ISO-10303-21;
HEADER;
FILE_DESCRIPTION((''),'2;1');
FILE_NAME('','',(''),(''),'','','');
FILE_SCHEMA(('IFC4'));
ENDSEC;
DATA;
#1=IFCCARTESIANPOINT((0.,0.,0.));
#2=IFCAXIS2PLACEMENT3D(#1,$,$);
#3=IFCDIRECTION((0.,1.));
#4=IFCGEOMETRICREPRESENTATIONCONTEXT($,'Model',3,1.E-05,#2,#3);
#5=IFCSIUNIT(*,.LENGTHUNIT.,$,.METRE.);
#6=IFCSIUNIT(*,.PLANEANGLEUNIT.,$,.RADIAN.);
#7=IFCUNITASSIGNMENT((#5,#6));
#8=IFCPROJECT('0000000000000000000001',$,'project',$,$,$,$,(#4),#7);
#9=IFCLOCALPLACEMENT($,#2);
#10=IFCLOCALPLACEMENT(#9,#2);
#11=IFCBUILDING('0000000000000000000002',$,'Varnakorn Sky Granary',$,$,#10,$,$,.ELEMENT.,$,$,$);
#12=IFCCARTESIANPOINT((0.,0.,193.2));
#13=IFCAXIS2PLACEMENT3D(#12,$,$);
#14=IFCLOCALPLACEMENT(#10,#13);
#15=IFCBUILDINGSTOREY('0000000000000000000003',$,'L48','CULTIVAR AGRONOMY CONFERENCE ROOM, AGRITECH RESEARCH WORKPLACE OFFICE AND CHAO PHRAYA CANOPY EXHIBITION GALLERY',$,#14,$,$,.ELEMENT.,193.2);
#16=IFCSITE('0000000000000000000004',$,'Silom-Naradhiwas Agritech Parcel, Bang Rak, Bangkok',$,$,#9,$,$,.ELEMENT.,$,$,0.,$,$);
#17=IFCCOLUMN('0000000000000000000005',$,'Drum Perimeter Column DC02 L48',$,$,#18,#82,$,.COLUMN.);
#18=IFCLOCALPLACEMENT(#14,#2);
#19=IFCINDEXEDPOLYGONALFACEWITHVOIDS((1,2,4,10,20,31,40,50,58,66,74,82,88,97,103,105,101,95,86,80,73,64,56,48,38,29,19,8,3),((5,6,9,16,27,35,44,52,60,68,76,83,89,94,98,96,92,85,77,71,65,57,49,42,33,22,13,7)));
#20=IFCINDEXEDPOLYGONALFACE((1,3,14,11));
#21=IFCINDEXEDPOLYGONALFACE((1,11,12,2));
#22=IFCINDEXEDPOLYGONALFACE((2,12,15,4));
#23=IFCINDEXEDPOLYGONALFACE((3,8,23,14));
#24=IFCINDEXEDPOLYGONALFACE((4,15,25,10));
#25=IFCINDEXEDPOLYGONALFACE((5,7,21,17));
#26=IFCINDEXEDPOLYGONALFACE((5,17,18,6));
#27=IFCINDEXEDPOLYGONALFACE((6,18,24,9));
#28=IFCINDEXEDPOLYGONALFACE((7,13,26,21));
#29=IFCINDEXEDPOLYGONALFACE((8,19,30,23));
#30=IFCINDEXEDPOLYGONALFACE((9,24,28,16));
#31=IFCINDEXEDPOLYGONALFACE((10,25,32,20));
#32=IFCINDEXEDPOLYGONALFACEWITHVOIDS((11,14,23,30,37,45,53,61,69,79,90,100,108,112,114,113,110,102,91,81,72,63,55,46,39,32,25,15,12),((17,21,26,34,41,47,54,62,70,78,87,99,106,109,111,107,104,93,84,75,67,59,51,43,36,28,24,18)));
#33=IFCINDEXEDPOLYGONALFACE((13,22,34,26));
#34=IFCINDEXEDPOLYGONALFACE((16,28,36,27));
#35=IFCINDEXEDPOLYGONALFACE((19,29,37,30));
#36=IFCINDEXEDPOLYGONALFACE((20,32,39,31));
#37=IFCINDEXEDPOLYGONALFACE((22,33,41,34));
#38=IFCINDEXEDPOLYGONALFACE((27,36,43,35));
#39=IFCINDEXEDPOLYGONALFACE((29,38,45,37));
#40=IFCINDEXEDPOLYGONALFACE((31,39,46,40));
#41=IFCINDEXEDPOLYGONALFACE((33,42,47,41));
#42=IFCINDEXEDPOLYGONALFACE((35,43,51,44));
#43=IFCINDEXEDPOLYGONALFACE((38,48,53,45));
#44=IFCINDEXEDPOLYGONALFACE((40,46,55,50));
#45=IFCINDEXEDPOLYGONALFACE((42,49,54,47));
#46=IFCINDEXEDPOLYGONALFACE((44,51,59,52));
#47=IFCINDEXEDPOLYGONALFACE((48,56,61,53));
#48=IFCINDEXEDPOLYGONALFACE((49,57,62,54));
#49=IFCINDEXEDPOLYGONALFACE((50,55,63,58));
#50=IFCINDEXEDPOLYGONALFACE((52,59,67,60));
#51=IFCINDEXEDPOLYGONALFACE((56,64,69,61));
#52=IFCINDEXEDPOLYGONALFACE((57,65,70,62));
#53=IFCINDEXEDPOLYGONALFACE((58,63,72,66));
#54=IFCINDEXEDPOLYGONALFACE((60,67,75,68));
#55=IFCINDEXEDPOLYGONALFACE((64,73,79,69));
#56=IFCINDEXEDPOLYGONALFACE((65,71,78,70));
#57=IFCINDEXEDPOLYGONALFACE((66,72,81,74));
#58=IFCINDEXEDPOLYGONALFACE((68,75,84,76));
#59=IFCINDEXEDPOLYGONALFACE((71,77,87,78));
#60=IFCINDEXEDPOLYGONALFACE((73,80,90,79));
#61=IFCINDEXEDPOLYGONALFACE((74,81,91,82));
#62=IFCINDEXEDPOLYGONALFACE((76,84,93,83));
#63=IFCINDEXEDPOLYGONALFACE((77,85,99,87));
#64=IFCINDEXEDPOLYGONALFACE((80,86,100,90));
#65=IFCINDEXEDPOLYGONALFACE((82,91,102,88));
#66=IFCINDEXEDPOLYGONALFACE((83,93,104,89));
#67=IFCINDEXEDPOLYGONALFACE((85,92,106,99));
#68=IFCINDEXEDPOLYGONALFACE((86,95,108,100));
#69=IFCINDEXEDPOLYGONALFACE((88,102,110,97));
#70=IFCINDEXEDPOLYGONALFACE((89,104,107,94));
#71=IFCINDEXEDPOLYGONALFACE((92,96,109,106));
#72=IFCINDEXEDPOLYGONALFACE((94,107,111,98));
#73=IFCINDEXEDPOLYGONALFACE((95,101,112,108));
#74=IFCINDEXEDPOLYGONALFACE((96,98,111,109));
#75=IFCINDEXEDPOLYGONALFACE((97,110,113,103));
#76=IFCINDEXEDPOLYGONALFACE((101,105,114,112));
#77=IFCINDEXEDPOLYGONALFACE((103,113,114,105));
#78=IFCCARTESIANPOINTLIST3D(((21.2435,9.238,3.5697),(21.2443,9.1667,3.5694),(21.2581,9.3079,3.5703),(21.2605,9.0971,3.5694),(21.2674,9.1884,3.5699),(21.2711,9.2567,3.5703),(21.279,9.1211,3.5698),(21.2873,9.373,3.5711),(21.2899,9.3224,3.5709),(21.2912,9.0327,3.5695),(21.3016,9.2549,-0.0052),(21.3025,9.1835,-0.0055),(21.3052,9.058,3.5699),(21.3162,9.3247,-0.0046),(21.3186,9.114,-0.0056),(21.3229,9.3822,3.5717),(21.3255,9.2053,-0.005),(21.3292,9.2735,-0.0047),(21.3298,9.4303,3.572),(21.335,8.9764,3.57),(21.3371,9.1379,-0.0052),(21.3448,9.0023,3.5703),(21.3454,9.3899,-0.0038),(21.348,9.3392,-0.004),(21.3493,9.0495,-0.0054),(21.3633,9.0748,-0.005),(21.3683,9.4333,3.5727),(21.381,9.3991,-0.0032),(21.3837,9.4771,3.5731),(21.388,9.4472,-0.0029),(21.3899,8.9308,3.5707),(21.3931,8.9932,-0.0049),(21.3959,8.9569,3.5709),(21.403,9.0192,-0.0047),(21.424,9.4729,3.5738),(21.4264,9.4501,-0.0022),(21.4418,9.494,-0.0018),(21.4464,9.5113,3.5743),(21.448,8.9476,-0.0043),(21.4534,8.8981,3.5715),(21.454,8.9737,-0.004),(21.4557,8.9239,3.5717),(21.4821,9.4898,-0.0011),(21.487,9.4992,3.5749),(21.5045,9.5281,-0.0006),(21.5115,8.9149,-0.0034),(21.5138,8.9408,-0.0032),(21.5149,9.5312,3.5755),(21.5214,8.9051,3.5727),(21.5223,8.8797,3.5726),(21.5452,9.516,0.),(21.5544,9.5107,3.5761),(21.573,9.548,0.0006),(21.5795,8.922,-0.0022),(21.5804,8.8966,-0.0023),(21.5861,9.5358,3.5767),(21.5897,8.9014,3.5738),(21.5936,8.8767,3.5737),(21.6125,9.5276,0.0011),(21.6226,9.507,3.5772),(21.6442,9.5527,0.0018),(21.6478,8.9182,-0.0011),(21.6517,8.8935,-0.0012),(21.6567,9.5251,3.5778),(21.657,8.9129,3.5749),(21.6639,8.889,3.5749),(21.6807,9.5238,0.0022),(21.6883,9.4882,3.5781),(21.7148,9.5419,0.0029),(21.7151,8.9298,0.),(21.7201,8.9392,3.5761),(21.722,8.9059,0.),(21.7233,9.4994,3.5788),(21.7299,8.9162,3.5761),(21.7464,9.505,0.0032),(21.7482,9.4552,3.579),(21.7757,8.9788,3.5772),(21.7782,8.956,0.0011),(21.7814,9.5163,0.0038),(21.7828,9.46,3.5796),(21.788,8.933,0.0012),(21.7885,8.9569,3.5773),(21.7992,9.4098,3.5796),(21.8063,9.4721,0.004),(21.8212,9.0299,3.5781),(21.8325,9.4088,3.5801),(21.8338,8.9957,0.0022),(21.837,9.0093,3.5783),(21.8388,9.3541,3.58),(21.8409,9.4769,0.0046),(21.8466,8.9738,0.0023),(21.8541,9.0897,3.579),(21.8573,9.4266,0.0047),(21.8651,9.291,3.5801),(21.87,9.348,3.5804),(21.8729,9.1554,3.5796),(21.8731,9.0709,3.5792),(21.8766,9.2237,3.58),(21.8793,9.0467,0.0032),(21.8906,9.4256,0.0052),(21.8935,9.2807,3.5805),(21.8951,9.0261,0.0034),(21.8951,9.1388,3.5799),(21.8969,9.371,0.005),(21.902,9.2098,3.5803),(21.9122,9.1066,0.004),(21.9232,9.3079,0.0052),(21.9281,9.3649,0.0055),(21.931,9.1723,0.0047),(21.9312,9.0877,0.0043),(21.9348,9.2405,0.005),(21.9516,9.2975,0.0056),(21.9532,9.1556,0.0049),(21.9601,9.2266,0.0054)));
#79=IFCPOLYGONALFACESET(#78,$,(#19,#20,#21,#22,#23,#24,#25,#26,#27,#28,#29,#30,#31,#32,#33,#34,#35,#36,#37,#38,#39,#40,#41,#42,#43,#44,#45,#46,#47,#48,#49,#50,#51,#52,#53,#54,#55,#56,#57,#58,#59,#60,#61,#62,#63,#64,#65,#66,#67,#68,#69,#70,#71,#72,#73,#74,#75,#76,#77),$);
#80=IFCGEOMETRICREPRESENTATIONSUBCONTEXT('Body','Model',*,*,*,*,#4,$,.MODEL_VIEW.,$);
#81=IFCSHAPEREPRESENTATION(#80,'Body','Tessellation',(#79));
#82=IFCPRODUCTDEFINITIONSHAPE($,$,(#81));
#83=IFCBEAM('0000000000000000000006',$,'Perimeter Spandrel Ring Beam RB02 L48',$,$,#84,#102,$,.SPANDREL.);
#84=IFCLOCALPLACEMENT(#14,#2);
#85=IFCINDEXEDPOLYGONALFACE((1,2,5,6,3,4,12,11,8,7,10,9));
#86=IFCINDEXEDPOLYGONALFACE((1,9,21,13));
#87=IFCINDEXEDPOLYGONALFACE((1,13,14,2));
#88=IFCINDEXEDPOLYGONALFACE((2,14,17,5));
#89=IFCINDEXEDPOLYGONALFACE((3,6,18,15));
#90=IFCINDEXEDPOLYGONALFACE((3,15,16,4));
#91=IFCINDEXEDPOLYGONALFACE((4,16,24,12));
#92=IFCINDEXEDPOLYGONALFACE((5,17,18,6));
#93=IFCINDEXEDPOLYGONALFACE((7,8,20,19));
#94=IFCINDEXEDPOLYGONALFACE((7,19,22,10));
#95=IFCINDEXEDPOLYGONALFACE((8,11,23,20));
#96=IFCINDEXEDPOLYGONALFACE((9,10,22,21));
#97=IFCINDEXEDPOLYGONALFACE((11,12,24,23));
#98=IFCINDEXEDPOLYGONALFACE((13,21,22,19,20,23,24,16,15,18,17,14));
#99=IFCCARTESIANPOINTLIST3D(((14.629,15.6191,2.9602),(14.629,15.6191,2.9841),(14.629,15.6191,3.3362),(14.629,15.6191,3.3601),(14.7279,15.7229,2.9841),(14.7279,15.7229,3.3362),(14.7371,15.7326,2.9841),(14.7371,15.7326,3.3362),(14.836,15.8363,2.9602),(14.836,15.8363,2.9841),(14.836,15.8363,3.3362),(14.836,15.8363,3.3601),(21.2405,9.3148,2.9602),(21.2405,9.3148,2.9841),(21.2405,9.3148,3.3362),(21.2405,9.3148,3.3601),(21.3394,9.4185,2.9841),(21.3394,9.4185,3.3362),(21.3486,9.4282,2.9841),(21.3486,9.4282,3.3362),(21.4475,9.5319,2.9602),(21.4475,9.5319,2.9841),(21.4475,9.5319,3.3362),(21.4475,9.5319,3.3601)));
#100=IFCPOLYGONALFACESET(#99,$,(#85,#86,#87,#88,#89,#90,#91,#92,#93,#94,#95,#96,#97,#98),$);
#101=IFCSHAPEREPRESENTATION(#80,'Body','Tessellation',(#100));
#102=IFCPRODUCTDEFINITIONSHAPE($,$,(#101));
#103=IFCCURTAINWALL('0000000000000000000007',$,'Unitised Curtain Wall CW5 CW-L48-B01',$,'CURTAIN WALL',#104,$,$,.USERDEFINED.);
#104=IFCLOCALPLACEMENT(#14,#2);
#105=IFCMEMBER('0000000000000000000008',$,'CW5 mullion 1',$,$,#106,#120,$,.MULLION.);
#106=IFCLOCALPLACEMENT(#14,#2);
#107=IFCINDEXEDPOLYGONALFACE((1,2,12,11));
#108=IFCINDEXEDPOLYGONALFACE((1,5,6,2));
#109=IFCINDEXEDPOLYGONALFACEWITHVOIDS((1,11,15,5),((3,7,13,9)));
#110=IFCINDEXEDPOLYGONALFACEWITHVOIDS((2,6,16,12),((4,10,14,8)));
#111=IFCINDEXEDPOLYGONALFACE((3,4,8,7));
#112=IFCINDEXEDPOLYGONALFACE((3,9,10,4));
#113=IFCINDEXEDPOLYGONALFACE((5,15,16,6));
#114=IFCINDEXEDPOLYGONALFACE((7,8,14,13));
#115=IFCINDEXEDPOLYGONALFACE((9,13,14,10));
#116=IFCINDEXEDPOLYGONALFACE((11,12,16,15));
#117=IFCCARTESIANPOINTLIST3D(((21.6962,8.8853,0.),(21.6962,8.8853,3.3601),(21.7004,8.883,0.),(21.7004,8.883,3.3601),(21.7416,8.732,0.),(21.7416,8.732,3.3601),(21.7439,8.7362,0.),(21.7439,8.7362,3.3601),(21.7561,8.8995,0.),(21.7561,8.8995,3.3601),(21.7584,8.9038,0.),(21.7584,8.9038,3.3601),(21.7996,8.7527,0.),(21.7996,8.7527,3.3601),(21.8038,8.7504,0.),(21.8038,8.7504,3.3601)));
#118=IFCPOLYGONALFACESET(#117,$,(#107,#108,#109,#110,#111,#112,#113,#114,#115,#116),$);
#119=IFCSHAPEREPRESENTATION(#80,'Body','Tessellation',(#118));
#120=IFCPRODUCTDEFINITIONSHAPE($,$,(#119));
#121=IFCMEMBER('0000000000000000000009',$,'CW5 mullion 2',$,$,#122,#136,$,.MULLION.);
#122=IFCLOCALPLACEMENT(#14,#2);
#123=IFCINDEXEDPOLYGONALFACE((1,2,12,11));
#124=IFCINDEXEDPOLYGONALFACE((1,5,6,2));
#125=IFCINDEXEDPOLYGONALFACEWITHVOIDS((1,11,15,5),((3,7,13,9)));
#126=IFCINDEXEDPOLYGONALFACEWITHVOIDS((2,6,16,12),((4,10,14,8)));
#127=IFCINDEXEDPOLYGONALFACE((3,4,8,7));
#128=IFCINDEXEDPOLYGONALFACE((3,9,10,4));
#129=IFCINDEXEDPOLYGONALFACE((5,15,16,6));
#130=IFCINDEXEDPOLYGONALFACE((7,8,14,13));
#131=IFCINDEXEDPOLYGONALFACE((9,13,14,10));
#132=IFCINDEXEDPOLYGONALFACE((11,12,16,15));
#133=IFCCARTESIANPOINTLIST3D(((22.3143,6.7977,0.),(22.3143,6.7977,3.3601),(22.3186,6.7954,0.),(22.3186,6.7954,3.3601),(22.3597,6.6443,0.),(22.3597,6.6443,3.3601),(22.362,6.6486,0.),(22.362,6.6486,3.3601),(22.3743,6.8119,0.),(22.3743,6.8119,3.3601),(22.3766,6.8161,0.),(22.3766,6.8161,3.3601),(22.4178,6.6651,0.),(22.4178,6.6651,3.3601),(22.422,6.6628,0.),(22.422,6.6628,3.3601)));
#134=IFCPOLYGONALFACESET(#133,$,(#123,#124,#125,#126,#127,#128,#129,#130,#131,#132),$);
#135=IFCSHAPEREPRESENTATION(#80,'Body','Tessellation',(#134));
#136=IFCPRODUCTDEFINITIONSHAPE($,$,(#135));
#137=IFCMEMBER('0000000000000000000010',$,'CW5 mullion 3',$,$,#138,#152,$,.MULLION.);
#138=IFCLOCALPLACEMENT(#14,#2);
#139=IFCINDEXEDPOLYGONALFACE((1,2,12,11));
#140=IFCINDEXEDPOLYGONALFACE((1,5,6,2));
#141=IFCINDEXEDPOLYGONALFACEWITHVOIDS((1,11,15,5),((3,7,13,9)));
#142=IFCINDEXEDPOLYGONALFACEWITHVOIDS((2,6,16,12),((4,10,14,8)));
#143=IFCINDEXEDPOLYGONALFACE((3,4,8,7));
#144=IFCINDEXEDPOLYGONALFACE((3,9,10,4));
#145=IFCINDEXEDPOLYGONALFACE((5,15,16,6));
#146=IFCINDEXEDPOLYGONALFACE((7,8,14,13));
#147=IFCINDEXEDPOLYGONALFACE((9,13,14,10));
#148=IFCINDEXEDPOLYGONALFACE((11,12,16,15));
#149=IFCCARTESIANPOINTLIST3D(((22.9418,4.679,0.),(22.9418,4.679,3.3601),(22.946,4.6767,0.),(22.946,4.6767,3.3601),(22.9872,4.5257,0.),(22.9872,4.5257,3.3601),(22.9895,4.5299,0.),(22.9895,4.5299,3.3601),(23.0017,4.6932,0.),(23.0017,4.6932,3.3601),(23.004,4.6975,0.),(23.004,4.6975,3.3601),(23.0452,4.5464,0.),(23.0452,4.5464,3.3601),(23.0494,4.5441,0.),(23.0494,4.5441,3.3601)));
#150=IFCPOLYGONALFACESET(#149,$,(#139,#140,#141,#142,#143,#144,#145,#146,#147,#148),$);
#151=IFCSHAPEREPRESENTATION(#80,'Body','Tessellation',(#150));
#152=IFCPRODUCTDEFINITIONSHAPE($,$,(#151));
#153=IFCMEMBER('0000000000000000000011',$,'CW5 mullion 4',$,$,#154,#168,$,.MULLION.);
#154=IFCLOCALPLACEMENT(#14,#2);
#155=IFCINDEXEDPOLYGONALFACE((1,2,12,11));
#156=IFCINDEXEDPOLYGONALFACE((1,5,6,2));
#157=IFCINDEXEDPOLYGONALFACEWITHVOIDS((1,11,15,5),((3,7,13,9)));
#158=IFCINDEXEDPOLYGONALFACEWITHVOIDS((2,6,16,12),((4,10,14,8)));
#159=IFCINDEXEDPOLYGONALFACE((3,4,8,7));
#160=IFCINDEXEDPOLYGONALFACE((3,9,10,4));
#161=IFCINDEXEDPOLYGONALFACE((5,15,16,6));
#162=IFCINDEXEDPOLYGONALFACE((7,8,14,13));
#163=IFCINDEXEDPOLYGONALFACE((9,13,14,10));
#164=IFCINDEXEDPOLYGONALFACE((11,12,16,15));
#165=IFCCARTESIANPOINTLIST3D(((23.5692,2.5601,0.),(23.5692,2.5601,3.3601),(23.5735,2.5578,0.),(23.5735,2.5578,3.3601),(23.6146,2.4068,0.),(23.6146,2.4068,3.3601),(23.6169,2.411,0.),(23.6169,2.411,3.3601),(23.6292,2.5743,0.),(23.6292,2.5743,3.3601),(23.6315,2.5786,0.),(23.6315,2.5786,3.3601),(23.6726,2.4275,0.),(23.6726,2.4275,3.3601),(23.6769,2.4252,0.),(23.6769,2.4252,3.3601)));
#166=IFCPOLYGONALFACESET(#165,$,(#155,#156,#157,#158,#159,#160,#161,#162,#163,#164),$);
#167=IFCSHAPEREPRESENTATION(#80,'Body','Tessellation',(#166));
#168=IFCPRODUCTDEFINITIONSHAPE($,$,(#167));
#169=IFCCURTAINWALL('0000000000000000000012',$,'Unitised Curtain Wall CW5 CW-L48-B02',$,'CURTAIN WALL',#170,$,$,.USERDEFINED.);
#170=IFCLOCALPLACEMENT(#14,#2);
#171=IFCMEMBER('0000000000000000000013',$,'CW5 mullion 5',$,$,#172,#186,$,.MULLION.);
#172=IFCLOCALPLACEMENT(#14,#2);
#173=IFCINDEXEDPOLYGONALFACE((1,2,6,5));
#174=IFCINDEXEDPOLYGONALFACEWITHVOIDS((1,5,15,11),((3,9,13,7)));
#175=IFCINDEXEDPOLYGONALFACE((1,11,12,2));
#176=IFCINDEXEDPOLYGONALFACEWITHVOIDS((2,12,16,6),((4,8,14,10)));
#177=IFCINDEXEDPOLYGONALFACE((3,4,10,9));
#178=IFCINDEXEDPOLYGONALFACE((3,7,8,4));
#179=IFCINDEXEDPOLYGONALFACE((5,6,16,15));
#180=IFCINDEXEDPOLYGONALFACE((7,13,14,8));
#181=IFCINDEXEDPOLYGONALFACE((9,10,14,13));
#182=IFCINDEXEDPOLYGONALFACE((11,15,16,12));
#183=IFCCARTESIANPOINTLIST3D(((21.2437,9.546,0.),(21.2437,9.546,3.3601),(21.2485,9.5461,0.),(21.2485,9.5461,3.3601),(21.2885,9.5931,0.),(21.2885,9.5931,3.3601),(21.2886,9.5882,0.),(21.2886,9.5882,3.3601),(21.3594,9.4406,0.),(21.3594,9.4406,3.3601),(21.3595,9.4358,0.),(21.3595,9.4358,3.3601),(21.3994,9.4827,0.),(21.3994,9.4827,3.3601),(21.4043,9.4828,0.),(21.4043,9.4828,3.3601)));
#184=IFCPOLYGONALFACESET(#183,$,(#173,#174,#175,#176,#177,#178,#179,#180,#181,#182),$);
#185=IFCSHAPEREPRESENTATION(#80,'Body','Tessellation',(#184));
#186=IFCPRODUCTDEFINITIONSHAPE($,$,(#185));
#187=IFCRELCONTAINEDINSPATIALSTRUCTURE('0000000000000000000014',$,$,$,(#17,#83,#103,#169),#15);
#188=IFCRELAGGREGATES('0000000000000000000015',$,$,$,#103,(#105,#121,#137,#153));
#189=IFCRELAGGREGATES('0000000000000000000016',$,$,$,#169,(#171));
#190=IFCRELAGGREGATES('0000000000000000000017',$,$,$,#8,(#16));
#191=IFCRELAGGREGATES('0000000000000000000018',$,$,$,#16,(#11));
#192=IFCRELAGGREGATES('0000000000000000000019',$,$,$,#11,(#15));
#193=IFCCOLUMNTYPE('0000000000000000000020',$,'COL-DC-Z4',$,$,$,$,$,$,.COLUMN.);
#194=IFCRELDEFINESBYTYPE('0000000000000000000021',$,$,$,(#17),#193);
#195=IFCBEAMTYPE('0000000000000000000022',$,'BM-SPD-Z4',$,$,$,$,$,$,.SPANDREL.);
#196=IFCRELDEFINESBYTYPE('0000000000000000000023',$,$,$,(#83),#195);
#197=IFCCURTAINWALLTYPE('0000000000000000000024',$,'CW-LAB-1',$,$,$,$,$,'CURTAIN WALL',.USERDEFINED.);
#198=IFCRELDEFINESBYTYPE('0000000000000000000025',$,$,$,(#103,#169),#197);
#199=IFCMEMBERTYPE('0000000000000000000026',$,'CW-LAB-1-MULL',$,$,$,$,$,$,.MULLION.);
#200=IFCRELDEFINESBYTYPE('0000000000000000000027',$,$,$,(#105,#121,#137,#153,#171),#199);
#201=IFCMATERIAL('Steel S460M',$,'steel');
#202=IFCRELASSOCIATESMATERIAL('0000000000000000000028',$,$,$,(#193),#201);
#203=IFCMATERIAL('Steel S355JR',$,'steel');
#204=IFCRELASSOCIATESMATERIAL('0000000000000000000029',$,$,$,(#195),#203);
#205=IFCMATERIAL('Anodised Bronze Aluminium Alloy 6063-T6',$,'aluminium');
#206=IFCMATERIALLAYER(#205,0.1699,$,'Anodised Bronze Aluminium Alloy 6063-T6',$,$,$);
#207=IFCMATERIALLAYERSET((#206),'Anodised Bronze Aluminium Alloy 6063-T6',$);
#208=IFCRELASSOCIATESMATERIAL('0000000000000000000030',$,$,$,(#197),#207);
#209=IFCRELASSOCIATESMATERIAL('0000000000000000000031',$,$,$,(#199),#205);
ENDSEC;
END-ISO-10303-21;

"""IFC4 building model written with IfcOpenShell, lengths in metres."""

from ifc_helpers import new_model, si_unit, direction, frame, origin, origin_2d, place, context, subcontext, project, spatial, hollow_rectangle, hollow_circle, i_section, extrude, material, layer, layer_set, material_profile, profile_set, type_object, element, aggregate, save


model = new_model("IFC4")

# Units and contexts
model_context = context("Model", 3, precision=1e-05, world=origin(), true_north=direction((0.0, 1.0)))
body_context = subcontext(model_context, "Body", "Model", "MODEL_VIEW")
ifc_project = project(units=[si_unit("LENGTHUNIT", "METRE"), si_unit("PLANEANGLEUNIT", "RADIAN")], contexts=[model_context])

# Site, building, storey
site_placement = place(None, origin())
site = spatial("IfcSite", under=ifc_project, at=site_placement, Name="Silom-Naradhiwas Agritech Parcel, Bang Rak, Bangkok", CompositionType="ELEMENT", RefElevation=0.0)
building_placement = place(site_placement, origin())
building = spatial("IfcBuilding", under=site, at=building_placement, Name="Varnakorn Sky Granary", CompositionType="ELEMENT")
storey_placement = place(building_placement, frame((0.0, 0.0, 193.2)))
storey = spatial("IfcBuildingStorey", under=building, at=storey_placement, Name="L48", Description="CULTIVAR AGRONOMY CONFERENCE ROOM, AGRITECH RESEARCH WORKPLACE OFFICE AND CHAO PHRAYA CANOPY EXHIBITION GALLERY", CompositionType="ELEMENT", Elevation=193.2)

# Column
ifc_material_1 = material(Name="Steel S460M", Category="steel")
ifc_material_profile_1 = material_profile(ifc_material_1, hollow_circle(Radius=0.3301, WallThickness=0.0249, at=origin_2d()), Name="CHS 660x25")
ifc_profile_set_1 = profile_set([ifc_material_profile_1], Name="Steel S460M")
column_type = type_object("IfcColumnType", Name="COL-DC-Z4", PredefinedType="COLUMN", material=ifc_profile_set_1)
column_placement = place(storey_placement, frame((21.6301, 9.2229, 0.0), z_axis=(-0.016251, -0.004711, 0.999857), x_axis=(0.27845, -0.960451, 0.0)))
element("IfcColumn", 1, at=column_placement, inside=storey, type_object=column_type, Name="Drum Perimeter Column DC02 L48", PredefinedType="COLUMN", context=body_context, shape_type="SweptSolid", body=[
    extrude(hollow_circle(Radius=0.3301, WallThickness=0.0249, at=origin_2d()), origin(), (0.0, 0.0, 1.0), 3.5754),
])

# Beam
ifc_material_2 = material(Name="Steel S355JR", Category="steel")
ifc_material_profile_2 = material_profile(ifc_material_2, i_section(OverallWidth=0.3, OverallDepth=0.3999, WebThickness=0.0134, FlangeThickness=0.0239, at=origin_2d()), Name="HE 400 B")
ifc_profile_set_2 = profile_set([ifc_material_profile_2], Name="Steel S355JR")
beam_type = type_object("IfcBeamType", Name="BM-SPD-Z4", PredefinedType="SPANDREL", material=ifc_profile_set_2)
beam_placement = place(storey_placement, frame((21.344, 9.4233, 3.1602), z_axis=(-0.723716, 0.690097, 0.0), x_axis=(-0.690097, -0.723716, 0.0)))
element("IfcBeam", 2, at=beam_placement, inside=storey, type_object=beam_type, Name="Perimeter Spandrel Ring Beam RB02 L48", PredefinedType="SPANDREL", context=body_context, shape_type="SweptSolid", body=[
    extrude(i_section(OverallWidth=0.3, OverallDepth=0.3999, WebThickness=0.0134, FlangeThickness=0.0239, at=origin_2d()), origin(), (0.0, 0.0, 1.0), 9.1355),
])

# Curtain wall, members
ifc_material_3 = material(Name="Anodised Bronze Aluminium Alloy 6063-T6", Category="aluminium")
ifc_layer_1 = layer(ifc_material_3, 0.1699, Name="Anodised Bronze Aluminium Alloy 6063-T6")
ifc_layer_set_1 = layer_set([ifc_layer_1], Name="Anodised Bronze Aluminium Alloy 6063-T6")
curtain_wall_type = type_object("IfcCurtainWallType", Name="CW-LAB-1", ElementType="CURTAIN WALL", PredefinedType="USERDEFINED", material=ifc_layer_set_1)
curtain_wall_1_placement = place(storey_placement, origin())
curtain_wall_1 = element("IfcCurtainWall", 3, at=curtain_wall_1_placement, inside=storey, type_object=curtain_wall_type, Name="Unitised Curtain Wall CW5 CW-L48-B01", ObjectType="CURTAIN WALL", PredefinedType="USERDEFINED")
ifc_material_profile_3 = material_profile(ifc_material_3, hollow_rectangle(XDim=0.0649, YDim=0.1599, WallThickness=0.0034, at=origin_2d()), Name="ALU MULL 65x160")
ifc_profile_set_3 = profile_set([ifc_material_profile_3], Name="Anodised Bronze Aluminium Alloy 6063-T6")
member_type_1 = type_object("IfcMemberType", Name="CW-LAB-1-MULL", PredefinedType="MULLION", material=ifc_profile_set_3)
member_1_placement = place(storey_placement, frame((21.75, 8.8179, 0.0), z_axis=(0.0, 0.0, 1.0), x_axis=(0.958848, 0.283921, 0.0)))
member_1 = element("IfcMember", 4, at=member_1_placement, type_object=member_type_1, Name="CW5 mullion 1", PredefinedType="MULLION", context=body_context, shape_type="SweptSolid", body=[
    extrude(hollow_rectangle(XDim=0.0649, YDim=0.1599, WallThickness=0.0034, at=origin_2d()), origin(), (0.0, 0.0, 1.0), 3.3601),
])
member_2_placement = place(storey_placement, frame((22.3682, 6.7302, 0.0), z_axis=(0.0, 0.0, 1.0), x_axis=(0.958848, 0.283921, 0.0)))
member_2 = element("IfcMember", 5, at=member_2_placement, type_object=member_type_1, Name="CW5 mullion 2", PredefinedType="MULLION", context=body_context, shape_type="SweptSolid", body=[
    extrude(hollow_rectangle(XDim=0.0649, YDim=0.1599, WallThickness=0.0034, at=origin_2d()), origin(), (0.0, 0.0, 1.0), 3.3601),
])
member_3_placement = place(storey_placement, frame((22.9956, 4.6116, 0.0), z_axis=(0.0, 0.0, 1.0), x_axis=(0.958848, 0.283921, 0.0)))
member_3 = element("IfcMember", 6, at=member_3_placement, type_object=member_type_1, Name="CW5 mullion 3", PredefinedType="MULLION", context=body_context, shape_type="SweptSolid", body=[
    extrude(hollow_rectangle(XDim=0.0649, YDim=0.1599, WallThickness=0.0034, at=origin_2d()), origin(), (0.0, 0.0, 1.0), 3.3601),
])
member_4_placement = place(storey_placement, frame((23.623, 2.4927, 0.0), z_axis=(0.0, 0.0, 1.0), x_axis=(0.958848, 0.283921, 0.0)))
member_4 = element("IfcMember", 7, at=member_4_placement, type_object=member_type_1, Name="CW5 mullion 4", PredefinedType="MULLION", context=body_context, shape_type="SweptSolid", body=[
    extrude(hollow_rectangle(XDim=0.0649, YDim=0.1599, WallThickness=0.0034, at=origin_2d()), origin(), (0.0, 0.0, 1.0), 3.3601),
])

# Curtain wall, member
curtain_wall_2_placement = place(storey_placement, origin())
curtain_wall_2 = element("IfcCurtainWall", 8, at=curtain_wall_2_placement, inside=storey, type_object=curtain_wall_type, Name="Unitised Curtain Wall CW5 CW-L48-B02", ObjectType="CURTAIN WALL", PredefinedType="USERDEFINED")
member_5_placement = place(storey_placement, frame((21.324, 9.5144, 0.0), z_axis=(0.0, 0.0, 1.0), x_axis=(0.689516, 0.72427, 0.0)))
member_5 = element("IfcMember", 9, at=member_5_placement, type_object=member_type_1, Name="CW5 mullion 5", PredefinedType="MULLION", context=body_context, shape_type="SweptSolid", body=[
    extrude(hollow_rectangle(XDim=0.0649, YDim=0.1599, WallThickness=0.0034, at=origin_2d()), origin(), (0.0, 0.0, 1.0), 3.3601),
])

aggregate(curtain_wall_1, [member_1, member_2, member_3, member_4])
aggregate(curtain_wall_2, [member_5])

save(model, "model.ifc")
